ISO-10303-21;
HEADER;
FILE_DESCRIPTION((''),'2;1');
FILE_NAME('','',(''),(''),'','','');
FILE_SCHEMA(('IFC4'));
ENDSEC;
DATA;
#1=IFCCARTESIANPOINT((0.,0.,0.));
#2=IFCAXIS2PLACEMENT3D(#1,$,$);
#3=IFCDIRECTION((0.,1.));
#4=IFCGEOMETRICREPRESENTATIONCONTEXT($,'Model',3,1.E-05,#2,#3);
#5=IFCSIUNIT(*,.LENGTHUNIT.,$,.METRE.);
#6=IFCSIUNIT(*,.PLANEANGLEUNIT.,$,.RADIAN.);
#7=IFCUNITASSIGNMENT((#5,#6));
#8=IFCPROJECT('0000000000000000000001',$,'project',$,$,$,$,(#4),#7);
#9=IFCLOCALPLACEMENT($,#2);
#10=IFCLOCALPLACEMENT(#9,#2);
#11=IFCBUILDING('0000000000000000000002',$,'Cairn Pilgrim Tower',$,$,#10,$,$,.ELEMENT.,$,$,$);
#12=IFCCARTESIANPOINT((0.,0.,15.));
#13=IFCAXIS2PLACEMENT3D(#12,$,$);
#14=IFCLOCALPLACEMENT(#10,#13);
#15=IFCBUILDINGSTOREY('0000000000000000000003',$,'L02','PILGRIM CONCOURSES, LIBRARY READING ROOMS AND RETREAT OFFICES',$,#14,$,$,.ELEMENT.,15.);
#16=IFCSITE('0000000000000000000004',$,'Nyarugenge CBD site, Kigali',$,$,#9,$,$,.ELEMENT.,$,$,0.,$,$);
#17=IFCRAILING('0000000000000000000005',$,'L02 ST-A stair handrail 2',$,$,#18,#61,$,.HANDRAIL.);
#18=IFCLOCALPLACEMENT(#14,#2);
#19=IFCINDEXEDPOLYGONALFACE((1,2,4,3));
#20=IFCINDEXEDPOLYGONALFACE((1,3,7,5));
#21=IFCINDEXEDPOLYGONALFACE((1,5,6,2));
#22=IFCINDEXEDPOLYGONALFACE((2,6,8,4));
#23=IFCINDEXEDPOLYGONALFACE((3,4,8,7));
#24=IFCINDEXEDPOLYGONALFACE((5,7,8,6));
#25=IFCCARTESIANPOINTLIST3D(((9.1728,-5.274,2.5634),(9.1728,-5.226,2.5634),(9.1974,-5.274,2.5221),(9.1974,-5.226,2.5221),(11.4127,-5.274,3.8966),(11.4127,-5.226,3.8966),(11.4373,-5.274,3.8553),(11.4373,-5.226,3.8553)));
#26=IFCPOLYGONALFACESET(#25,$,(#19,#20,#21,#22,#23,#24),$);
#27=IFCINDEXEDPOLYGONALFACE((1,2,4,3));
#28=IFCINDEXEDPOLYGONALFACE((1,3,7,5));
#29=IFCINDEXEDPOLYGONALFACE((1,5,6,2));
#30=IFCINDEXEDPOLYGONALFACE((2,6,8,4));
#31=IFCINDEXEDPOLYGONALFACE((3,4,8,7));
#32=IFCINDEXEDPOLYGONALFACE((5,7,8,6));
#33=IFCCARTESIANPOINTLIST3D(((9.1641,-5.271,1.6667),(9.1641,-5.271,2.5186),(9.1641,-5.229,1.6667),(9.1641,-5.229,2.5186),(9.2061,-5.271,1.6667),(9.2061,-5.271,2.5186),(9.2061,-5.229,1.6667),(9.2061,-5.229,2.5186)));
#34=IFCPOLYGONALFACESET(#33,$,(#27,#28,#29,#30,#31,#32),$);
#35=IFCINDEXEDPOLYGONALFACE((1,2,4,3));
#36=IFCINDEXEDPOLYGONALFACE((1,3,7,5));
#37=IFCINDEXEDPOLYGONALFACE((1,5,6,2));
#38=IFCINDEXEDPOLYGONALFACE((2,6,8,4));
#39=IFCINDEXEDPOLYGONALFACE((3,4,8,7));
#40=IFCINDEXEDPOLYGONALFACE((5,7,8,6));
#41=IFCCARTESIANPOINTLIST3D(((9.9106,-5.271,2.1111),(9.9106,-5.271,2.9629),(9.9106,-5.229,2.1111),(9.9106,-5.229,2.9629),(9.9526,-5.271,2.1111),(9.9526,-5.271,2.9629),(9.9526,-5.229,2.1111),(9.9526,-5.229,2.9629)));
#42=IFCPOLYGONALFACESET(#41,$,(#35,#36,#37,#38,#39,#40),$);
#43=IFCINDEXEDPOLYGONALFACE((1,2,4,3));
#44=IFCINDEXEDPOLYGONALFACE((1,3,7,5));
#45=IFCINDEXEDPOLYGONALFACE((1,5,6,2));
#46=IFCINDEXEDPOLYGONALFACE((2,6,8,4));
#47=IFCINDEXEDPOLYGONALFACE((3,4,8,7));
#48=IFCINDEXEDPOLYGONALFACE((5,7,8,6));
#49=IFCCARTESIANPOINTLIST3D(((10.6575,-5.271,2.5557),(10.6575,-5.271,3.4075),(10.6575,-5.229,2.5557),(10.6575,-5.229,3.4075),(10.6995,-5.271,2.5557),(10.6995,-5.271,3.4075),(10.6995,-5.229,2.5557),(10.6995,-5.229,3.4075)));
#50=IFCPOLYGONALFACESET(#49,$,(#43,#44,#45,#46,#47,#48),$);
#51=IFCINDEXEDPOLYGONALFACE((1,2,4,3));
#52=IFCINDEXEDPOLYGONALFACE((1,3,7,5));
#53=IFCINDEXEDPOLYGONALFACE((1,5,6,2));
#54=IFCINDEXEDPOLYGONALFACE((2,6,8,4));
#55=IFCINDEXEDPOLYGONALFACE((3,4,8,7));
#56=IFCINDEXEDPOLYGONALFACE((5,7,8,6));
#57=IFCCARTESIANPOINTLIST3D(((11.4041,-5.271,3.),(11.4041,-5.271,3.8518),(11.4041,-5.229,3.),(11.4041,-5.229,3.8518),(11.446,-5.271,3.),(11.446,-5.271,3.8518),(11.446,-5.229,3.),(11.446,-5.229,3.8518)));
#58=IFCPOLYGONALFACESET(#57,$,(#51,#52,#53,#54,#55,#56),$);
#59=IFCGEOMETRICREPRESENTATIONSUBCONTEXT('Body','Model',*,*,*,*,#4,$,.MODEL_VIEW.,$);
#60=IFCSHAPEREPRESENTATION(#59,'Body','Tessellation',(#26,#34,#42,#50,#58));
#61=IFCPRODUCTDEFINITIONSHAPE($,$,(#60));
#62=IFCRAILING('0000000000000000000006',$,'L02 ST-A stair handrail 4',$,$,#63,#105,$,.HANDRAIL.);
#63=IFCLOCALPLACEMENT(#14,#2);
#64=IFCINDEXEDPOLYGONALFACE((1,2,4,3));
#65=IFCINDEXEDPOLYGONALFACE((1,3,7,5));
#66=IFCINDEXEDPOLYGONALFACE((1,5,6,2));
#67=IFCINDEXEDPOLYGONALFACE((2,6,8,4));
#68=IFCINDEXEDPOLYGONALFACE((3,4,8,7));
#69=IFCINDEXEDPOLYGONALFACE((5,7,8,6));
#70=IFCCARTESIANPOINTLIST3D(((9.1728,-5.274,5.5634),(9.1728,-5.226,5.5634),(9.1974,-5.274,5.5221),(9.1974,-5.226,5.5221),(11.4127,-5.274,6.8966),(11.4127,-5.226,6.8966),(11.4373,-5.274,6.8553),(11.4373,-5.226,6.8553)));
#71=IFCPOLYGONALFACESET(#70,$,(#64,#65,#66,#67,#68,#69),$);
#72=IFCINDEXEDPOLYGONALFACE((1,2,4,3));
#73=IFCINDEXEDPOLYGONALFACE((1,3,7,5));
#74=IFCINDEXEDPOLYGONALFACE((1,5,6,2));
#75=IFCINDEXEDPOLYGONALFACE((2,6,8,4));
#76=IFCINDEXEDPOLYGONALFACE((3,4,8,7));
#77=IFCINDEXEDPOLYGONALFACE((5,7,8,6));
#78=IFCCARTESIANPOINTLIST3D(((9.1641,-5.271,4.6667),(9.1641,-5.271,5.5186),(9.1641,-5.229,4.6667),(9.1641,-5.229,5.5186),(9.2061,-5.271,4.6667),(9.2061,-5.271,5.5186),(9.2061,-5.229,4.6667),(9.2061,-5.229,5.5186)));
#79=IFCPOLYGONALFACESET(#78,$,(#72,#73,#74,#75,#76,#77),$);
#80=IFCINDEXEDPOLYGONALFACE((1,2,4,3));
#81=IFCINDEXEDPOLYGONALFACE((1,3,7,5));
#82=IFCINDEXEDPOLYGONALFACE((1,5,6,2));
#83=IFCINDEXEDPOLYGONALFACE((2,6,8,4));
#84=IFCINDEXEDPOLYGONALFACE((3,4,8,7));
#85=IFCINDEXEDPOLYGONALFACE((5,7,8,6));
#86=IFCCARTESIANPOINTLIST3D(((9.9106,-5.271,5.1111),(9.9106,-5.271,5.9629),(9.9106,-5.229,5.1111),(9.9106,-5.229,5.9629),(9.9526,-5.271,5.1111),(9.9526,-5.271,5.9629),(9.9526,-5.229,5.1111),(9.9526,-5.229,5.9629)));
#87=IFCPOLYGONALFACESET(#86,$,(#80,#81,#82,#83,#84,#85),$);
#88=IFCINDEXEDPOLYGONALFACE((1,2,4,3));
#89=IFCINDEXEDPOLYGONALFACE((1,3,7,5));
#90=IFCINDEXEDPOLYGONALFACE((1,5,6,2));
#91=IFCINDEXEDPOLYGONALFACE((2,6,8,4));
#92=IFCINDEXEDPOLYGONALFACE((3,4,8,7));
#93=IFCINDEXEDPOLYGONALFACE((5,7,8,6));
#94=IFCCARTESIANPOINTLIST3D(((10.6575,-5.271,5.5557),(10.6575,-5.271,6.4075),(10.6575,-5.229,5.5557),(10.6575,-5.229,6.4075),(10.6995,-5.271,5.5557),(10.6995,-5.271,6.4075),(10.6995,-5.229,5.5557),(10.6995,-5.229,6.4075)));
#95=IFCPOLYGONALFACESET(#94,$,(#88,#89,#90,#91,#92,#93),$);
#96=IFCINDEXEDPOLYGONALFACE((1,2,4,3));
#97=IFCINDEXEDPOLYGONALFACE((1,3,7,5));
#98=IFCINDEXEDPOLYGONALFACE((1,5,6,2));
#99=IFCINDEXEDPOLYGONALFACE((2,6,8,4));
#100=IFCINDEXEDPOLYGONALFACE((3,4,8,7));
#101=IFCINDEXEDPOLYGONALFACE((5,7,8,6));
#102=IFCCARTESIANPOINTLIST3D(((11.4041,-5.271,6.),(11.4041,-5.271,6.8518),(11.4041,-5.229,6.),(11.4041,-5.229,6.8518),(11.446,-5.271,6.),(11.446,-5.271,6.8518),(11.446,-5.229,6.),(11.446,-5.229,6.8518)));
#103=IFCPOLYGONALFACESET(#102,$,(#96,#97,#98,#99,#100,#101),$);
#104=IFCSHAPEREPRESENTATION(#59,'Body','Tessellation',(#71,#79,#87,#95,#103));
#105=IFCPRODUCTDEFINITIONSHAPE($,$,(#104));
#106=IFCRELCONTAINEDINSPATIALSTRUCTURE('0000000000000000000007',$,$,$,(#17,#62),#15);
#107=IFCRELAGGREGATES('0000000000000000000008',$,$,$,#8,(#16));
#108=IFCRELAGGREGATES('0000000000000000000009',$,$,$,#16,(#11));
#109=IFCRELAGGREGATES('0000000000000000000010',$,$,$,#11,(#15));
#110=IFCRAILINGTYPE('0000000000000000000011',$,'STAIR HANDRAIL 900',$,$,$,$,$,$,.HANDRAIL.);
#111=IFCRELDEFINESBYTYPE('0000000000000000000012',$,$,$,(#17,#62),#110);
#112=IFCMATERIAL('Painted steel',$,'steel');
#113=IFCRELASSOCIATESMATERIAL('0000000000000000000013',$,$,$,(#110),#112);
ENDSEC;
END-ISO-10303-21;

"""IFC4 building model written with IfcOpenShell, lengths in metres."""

from ifc_helpers import new_model, si_unit, direction, frame, origin, origin_2d, place, context, subcontext, project, spatial, rectangle, extrude, material, type_object, element, save


model = new_model("IFC4")

# Units and contexts
model_context = context("Model", 3, precision=1e-05, world=origin(), true_north=direction((0.0, 1.0)))
body_context = subcontext(model_context, "Body", "Model", "MODEL_VIEW")
ifc_project = project(units=[si_unit("LENGTHUNIT", "METRE"), si_unit("PLANEANGLEUNIT", "RADIAN")], contexts=[model_context])

# Site, building, storey
site_placement = place(None, origin())
site = spatial("IfcSite", under=ifc_project, at=site_placement, Name="Nyarugenge CBD site, Kigali", CompositionType="ELEMENT", RefElevation=0.0)
building_placement = place(site_placement, origin())
building = spatial("IfcBuilding", under=site, at=building_placement, Name="Cairn Pilgrim Tower", CompositionType="ELEMENT")
storey_placement = place(building_placement, frame((0.0, 0.0, 15.0)))
storey = spatial("IfcBuildingStorey", under=building, at=storey_placement, Name="L02", Description="PILGRIM CONCOURSES, LIBRARY READING ROOMS AND RETREAT OFFICES", CompositionType="ELEMENT", Elevation=15.0)

# Shared definitions
ifc_material_1 = material(Name="Painted steel", Category="steel")

# Railings
railing_type_1 = type_object("IfcRailingType", Name="STAIR HANDRAIL 900", PredefinedType="HANDRAIL", material=ifc_material_1)
for number, where, name in (
    (1, (9.1851, -5.25, 1.6667), "L02 ST-A stair handrail 2"),
    (2, (9.1851, -5.25, 4.6667), "L02 ST-A stair handrail 4"),
):
    element("IfcRailing", number, at=place(storey_placement, frame(where)), inside=storey, type_object=railing_type_1, Name=name, PredefinedType="HANDRAIL", context=body_context, shape_type="SweptSolid", body=[
        extrude(rectangle(XDim=0.0481, YDim=0.0481, at=origin_2d()), frame((0.0, 0.0, 0.876), z_axis=(0.859306, 0.0, 0.511462), x_axis=(0.0, 1.0, 0.0)), (0.0, 0.0, 1.0), 2.6067),
        extrude(rectangle(XDim=0.042, YDim=0.042, at=origin_2d()), origin(), (0.0, 0.0, 1.0), 0.8518),
        extrude(rectangle(XDim=0.042, YDim=0.042, at=origin_2d()), frame((0.7466, 0.0, 0.4443)), (0.0, 0.0, 1.0), 0.8518),
        extrude(rectangle(XDim=0.042, YDim=0.042, at=origin_2d()), frame((1.4934, 0.0, 0.8889)), (0.0, 0.0, 1.0), 0.8518),
        extrude(rectangle(XDim=0.042, YDim=0.042, at=origin_2d()), frame((2.24, 0.0, 1.3333)), (0.0, 0.0, 1.0), 0.8518),
    ])

save(model, "model.ifc")
